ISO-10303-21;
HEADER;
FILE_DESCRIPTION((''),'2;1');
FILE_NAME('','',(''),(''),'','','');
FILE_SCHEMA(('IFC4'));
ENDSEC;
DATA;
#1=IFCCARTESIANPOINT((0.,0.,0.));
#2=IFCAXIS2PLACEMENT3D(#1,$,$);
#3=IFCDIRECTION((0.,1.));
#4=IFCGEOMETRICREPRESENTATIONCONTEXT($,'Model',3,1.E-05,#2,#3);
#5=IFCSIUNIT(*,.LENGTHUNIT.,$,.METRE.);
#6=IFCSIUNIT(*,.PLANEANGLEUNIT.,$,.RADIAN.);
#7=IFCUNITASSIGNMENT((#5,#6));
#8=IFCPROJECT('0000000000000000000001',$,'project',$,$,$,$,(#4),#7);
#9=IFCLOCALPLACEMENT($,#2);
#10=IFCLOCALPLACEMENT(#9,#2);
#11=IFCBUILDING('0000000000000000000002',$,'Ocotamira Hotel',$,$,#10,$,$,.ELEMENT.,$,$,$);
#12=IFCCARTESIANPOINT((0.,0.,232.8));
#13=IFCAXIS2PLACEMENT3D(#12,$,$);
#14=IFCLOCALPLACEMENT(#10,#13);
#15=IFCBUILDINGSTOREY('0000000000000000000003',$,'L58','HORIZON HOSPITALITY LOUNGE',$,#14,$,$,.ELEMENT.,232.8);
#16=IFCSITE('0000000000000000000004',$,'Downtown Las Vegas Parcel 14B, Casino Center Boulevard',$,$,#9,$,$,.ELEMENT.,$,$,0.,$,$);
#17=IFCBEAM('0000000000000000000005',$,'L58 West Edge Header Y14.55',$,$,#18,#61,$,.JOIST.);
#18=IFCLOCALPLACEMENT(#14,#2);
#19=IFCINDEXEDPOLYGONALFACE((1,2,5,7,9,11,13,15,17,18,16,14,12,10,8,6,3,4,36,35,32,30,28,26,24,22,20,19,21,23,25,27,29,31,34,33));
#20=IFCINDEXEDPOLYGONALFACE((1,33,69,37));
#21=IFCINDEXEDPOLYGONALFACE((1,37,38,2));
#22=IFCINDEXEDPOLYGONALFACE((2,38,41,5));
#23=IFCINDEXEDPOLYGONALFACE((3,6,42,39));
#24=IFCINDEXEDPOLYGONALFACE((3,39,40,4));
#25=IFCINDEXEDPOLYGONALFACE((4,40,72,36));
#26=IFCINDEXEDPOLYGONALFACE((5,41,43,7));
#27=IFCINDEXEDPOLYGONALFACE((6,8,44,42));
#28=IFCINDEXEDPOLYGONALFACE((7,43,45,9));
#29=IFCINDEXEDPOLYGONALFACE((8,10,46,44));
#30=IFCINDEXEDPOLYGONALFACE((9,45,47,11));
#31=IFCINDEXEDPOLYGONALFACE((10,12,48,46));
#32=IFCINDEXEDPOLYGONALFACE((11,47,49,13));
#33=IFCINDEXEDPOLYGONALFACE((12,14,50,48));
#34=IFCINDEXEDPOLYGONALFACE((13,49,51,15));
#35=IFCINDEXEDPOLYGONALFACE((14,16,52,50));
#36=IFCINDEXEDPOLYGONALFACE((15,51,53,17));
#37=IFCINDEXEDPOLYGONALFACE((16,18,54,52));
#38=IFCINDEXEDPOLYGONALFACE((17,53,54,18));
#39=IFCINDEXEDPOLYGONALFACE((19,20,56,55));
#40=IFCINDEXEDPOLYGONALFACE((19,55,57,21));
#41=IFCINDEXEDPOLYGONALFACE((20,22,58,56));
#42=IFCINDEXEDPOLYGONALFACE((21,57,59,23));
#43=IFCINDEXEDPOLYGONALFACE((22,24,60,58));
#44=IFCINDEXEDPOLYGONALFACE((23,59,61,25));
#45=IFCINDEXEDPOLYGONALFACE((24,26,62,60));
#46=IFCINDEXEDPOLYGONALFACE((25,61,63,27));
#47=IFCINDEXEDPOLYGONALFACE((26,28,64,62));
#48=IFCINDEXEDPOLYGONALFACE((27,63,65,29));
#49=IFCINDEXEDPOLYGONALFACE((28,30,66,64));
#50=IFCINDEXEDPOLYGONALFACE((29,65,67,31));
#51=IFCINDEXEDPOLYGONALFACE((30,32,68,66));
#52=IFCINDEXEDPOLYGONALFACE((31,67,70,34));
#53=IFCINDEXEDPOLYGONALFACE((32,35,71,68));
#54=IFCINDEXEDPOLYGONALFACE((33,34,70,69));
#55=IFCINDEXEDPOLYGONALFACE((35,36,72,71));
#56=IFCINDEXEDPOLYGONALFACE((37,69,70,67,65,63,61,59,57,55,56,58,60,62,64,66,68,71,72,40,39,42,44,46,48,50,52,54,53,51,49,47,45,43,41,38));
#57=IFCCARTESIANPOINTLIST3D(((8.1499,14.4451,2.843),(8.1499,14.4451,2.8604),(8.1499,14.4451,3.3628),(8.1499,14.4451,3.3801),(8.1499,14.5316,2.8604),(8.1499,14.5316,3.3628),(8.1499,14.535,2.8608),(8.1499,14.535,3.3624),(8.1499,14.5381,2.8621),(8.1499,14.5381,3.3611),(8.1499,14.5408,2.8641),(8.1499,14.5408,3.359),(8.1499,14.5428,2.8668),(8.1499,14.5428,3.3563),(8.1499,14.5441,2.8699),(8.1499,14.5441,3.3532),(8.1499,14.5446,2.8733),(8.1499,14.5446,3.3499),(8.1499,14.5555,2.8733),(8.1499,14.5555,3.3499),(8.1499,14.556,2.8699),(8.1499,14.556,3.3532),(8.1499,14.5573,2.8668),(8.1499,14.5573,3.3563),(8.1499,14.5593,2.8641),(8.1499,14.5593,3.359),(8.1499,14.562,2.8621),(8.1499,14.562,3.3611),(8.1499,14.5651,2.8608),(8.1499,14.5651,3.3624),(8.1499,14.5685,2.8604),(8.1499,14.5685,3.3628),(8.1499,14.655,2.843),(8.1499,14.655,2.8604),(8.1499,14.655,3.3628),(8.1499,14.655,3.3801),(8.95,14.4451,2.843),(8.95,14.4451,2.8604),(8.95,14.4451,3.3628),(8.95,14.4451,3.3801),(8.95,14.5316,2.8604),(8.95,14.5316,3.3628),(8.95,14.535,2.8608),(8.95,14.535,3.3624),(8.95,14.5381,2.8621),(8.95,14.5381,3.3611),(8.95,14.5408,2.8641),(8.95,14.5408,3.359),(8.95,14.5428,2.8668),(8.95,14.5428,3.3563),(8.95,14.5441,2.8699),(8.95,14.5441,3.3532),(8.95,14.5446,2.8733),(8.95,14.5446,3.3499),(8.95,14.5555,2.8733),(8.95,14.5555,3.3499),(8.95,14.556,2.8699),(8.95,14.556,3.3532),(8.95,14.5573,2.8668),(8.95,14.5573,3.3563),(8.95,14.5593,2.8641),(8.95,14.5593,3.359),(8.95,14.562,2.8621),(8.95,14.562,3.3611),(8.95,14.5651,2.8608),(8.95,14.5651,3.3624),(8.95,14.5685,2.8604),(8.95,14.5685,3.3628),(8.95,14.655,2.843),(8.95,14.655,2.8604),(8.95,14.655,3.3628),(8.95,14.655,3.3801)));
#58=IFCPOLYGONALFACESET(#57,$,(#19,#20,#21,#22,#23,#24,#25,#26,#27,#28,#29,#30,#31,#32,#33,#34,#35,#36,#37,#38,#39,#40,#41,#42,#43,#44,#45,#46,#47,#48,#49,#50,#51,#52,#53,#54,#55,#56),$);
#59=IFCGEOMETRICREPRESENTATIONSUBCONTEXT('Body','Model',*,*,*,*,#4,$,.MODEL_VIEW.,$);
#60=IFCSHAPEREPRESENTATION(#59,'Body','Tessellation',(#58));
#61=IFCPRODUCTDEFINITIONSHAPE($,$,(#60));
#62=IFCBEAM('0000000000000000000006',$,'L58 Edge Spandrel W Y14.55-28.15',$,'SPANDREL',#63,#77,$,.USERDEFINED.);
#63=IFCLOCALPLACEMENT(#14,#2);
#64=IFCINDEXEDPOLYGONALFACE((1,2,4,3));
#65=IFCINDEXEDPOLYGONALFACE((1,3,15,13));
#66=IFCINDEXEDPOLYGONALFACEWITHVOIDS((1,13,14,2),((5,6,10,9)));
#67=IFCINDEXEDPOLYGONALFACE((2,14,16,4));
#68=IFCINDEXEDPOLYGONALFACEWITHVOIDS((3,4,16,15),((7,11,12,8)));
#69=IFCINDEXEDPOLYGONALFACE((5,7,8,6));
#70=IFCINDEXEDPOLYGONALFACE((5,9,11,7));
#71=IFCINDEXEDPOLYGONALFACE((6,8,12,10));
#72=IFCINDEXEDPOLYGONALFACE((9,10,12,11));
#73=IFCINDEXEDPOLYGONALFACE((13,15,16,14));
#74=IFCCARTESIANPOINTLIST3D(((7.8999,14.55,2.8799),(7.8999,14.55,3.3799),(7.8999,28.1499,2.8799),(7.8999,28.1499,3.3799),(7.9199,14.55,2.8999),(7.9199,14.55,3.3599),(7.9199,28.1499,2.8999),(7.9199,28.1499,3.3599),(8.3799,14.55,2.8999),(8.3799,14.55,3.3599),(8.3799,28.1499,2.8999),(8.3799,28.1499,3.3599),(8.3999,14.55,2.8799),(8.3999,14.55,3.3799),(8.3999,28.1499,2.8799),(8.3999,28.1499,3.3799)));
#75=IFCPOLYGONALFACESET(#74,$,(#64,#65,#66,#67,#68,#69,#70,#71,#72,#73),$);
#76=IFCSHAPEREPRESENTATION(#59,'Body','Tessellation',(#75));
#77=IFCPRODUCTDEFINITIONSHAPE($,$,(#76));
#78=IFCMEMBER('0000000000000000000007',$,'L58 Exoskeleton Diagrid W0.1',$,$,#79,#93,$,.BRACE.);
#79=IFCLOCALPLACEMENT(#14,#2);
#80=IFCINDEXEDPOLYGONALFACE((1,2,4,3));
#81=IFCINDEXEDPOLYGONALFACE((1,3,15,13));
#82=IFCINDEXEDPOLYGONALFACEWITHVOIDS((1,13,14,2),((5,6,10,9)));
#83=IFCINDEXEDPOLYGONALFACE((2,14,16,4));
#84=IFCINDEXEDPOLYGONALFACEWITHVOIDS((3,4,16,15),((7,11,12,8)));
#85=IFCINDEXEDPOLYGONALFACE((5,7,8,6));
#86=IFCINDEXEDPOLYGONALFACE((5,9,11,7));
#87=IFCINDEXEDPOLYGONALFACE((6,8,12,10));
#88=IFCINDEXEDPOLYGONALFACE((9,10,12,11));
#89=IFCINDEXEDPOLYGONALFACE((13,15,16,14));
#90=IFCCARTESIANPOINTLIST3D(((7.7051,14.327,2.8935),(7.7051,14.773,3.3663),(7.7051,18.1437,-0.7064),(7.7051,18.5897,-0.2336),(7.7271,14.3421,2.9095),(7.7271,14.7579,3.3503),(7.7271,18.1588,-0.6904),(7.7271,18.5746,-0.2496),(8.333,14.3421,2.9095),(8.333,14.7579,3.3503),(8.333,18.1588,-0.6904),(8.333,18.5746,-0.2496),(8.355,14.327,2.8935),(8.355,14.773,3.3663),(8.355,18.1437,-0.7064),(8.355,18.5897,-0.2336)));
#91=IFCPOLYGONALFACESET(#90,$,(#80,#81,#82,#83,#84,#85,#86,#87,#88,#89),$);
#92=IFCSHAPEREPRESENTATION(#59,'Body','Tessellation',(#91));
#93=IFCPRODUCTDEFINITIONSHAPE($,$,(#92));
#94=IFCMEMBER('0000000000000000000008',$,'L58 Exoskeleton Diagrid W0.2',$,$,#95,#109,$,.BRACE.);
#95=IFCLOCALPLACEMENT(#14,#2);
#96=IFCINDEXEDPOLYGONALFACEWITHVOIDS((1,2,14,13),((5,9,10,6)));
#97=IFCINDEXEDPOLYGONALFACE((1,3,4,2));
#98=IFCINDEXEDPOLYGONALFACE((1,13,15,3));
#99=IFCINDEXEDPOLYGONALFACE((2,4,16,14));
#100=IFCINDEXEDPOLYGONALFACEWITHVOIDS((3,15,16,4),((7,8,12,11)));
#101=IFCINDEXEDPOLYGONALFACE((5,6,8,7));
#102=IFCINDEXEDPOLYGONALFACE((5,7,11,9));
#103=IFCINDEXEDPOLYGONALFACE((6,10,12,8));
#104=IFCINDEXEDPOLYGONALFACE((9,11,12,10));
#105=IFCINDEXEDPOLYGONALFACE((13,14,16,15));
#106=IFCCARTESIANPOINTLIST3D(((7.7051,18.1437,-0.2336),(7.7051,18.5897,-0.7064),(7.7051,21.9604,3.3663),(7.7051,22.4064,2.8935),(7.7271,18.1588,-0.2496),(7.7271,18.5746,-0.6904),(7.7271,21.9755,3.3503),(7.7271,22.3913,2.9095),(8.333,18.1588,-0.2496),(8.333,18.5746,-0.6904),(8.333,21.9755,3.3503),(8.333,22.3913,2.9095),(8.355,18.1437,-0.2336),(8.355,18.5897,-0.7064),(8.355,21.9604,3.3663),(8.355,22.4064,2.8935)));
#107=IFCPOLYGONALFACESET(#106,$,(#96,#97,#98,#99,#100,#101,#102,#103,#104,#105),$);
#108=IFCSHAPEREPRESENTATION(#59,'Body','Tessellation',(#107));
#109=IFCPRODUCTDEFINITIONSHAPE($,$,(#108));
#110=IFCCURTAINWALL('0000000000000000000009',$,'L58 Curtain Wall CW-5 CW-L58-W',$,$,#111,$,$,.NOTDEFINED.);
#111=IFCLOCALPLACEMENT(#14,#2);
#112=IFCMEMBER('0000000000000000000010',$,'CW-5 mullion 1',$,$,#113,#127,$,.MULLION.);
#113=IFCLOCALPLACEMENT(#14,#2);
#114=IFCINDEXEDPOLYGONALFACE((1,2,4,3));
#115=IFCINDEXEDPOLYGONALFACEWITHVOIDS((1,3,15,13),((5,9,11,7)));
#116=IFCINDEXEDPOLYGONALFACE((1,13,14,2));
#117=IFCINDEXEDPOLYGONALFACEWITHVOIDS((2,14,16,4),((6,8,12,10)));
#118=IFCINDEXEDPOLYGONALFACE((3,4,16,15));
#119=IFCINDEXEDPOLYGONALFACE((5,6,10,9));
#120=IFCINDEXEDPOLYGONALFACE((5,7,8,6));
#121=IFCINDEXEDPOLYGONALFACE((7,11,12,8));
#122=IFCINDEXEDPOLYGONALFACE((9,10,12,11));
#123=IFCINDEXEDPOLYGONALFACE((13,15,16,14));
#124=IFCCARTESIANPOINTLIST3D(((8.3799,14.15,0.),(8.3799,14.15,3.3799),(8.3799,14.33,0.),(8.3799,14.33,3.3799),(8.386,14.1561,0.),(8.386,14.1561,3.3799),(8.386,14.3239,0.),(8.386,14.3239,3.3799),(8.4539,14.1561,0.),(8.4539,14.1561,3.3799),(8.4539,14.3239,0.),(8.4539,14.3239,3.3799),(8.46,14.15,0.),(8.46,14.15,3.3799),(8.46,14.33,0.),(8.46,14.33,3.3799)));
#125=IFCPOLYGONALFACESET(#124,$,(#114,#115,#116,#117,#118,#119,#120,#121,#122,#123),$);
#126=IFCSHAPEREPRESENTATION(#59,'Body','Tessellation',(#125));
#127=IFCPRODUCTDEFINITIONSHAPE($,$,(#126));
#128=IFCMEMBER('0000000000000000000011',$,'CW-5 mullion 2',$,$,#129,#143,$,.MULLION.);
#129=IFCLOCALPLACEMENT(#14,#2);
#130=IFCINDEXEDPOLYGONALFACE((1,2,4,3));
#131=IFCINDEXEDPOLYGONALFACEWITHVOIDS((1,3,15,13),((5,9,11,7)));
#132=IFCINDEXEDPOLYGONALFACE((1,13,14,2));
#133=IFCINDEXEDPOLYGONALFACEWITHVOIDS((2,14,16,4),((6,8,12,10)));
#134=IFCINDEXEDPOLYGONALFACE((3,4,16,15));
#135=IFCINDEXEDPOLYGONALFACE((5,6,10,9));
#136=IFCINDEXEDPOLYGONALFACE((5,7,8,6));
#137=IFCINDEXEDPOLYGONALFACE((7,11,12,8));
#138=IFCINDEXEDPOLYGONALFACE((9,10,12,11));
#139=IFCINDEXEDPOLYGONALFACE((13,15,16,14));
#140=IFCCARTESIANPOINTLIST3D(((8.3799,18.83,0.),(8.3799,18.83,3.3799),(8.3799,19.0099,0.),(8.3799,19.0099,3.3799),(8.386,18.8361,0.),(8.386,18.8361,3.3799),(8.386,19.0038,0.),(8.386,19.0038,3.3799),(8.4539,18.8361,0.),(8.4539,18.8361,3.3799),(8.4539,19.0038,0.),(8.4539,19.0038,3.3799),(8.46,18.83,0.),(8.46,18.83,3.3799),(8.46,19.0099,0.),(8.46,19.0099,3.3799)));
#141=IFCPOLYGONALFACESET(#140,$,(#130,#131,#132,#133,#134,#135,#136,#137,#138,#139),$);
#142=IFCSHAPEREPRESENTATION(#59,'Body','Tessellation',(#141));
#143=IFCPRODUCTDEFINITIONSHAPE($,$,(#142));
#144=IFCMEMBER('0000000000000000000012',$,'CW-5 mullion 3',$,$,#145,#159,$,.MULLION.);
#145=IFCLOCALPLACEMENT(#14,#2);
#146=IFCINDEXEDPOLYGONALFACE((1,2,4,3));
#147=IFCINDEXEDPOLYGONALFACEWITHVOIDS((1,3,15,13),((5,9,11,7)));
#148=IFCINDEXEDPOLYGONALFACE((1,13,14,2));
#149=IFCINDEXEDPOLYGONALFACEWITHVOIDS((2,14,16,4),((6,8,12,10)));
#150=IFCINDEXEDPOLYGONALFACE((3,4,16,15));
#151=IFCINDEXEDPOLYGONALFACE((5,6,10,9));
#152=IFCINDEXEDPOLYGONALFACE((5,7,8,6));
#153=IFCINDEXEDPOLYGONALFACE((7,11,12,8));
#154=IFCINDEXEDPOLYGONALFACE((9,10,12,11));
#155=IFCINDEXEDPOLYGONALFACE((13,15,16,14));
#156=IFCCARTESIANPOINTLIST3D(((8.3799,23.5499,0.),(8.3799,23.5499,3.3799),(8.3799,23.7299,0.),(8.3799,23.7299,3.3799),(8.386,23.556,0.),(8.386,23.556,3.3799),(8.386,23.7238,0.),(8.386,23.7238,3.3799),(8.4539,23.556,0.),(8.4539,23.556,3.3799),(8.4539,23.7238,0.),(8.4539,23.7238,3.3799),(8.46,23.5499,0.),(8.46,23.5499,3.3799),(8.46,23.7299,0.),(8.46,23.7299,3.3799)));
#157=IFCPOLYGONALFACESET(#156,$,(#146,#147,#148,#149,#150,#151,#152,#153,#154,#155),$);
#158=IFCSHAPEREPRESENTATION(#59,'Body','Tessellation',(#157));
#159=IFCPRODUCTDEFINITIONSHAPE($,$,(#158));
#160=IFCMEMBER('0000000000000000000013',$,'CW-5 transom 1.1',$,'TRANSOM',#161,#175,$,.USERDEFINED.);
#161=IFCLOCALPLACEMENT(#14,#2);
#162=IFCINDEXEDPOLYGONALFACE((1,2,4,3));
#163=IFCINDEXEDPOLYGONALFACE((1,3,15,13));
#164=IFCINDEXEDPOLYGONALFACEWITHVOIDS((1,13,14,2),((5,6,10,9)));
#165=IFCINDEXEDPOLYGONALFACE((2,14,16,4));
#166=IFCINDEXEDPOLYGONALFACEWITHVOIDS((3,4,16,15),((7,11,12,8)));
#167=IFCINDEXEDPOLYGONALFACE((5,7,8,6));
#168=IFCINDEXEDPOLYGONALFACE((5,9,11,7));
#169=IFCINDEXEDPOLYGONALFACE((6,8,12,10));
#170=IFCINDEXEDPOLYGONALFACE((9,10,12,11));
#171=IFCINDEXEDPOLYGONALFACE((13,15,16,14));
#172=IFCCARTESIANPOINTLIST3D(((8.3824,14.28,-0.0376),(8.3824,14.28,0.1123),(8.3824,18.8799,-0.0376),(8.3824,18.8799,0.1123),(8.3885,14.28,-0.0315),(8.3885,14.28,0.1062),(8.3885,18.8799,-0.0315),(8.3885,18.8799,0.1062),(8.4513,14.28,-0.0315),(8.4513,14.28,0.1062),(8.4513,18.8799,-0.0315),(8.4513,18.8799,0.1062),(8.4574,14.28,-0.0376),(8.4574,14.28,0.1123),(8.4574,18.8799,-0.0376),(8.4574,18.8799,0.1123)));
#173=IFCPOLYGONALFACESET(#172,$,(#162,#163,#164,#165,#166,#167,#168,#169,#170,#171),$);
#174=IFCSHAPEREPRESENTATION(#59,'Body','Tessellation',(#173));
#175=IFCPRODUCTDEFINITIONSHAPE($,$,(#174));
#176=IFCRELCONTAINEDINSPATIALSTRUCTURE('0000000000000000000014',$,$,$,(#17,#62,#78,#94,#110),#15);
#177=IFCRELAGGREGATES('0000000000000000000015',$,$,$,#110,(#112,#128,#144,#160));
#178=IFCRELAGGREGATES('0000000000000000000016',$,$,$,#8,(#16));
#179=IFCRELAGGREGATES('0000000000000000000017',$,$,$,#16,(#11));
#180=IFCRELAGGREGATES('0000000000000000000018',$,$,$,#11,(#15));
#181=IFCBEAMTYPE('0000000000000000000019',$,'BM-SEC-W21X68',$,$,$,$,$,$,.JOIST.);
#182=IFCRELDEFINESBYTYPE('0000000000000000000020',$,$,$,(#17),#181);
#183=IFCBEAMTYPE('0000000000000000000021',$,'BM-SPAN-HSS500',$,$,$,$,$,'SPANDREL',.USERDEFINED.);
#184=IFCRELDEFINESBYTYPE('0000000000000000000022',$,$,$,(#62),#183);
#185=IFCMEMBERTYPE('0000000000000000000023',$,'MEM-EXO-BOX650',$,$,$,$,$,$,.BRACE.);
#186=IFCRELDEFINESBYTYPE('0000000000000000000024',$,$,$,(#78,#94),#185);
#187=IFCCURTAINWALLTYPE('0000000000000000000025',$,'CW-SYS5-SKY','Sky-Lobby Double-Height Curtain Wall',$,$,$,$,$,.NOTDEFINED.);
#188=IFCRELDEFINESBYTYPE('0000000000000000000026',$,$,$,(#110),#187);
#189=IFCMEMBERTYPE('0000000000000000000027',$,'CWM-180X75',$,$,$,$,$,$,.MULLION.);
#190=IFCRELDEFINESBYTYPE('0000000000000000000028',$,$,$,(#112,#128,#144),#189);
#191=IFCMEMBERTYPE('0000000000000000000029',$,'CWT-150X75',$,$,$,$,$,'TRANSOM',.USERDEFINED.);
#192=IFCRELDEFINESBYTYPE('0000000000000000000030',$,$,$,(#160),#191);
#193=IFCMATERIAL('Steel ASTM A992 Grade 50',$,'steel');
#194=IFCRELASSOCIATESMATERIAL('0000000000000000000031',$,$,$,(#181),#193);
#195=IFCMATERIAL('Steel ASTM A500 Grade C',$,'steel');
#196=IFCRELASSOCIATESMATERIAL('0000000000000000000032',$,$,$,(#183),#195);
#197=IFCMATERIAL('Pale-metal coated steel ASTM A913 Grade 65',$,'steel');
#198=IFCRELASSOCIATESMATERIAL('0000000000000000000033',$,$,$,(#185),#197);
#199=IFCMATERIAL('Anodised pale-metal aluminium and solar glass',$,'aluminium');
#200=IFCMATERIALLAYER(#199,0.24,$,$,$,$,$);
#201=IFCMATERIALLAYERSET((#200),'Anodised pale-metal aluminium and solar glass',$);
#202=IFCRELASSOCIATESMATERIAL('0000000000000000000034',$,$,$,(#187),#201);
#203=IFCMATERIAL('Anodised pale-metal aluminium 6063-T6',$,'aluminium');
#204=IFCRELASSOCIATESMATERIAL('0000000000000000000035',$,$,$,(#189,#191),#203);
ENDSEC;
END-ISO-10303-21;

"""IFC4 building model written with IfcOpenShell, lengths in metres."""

from ifc_helpers import new_model, si_unit, direction, frame, origin, origin_2d, place, context, subcontext, project, spatial, hollow_rectangle, i_section, extrude, source, transform, mapped, material, layer, layer_set, material_profile, profile_set, type_object, element, aggregate, save


model = new_model("IFC4")

# Units and contexts
model_context = context("Model", 3, precision=1e-05, world=origin(), true_north=direction((0.0, 1.0)))
body_context = subcontext(model_context, "Body", "Model", "MODEL_VIEW")
ifc_project = project(units=[si_unit("LENGTHUNIT", "METRE"), si_unit("PLANEANGLEUNIT", "RADIAN")], contexts=[model_context])

# Site, building, storey
site_placement = place(None, origin())
site = spatial("IfcSite", under=ifc_project, at=site_placement, Name="Downtown Las Vegas Parcel 14B, Casino Center Boulevard", CompositionType="ELEMENT", RefElevation=0.0)
building_placement = place(site_placement, origin())
building = spatial("IfcBuilding", under=site, at=building_placement, Name="Ocotamira Hotel", CompositionType="ELEMENT")
storey_placement = place(building_placement, frame((0.0, 0.0, 232.8)))
storey = spatial("IfcBuildingStorey", under=building, at=storey_placement, Name="L58", Description="HORIZON HOSPITALITY LOUNGE", CompositionType="ELEMENT", Elevation=232.8)

# Beams
ifc_material_1 = material(Name="Steel ASTM A992 Grade 50", Category="steel")
ifc_material_profile_1 = material_profile(ifc_material_1, i_section(OverallWidth=0.21, OverallDepth=0.5371, WebThickness=0.011, FlangeThickness=0.0173, FilletRadius=0.0129, at=origin_2d()), Name="W21X68")
ifc_profile_set_1 = profile_set([ifc_material_profile_1], Name="Steel ASTM A992 Grade 50")
beam_type_1 = type_object("IfcBeamType", Name="BM-SEC-W21X68", PredefinedType="JOIST", material=ifc_profile_set_1)
shared_shape_1 = source(origin(), body_context, "Body", "SweptSolid", [
    extrude(i_section(OverallWidth=0.21, OverallDepth=0.5371, WebThickness=0.011, FlangeThickness=0.0173, FilletRadius=0.0129, at=origin_2d()), origin(), (0.0, 0.0, 1.0), 0.8),
])
beam_1_placement = place(storey_placement, frame((8.95, 14.55, 3.1116), z_axis=(-1.0, 0.0, 0.0), x_axis=(0.0, -1.0, 0.0)))
element("IfcBeam", 1, at=beam_1_placement, inside=storey, type_object=beam_type_1, Name="L58 West Edge Header Y14.55", PredefinedType="JOIST", context=body_context, shape_type="MappedRepresentation", body=[
    mapped(shared_shape_1, transform((0.0, 0.0, 0.0), scale=1.0)),
])
ifc_material_2 = material(Name="Steel ASTM A500 Grade C", Category="steel")
ifc_material_profile_2 = material_profile(ifc_material_2, hollow_rectangle(XDim=0.5, YDim=0.5, WallThickness=0.02, at=origin_2d()), Name="HSS500X500X20")
ifc_profile_set_2 = profile_set([ifc_material_profile_2], Name="Steel ASTM A500 Grade C")
beam_type_2 = type_object("IfcBeamType", Name="BM-SPAN-HSS500", ElementType="SPANDREL", PredefinedType="USERDEFINED", material=ifc_profile_set_2)
shared_shape_2 = source(origin(), body_context, "Body", "SweptSolid", [
    extrude(hollow_rectangle(XDim=0.5, YDim=0.5, WallThickness=0.02, at=origin_2d()), origin(), (0.0, 0.0, 1.0), 13.5999),
])
beam_2_placement = place(storey_placement, frame((8.1499, 14.55, 3.1299), z_axis=(0.0, 1.0, 0.0), x_axis=(-1.0, 0.0, 0.0)))
element("IfcBeam", 2, at=beam_2_placement, inside=storey, type_object=beam_type_2, Name="L58 Edge Spandrel W Y14.55-28.15", ObjectType="SPANDREL", PredefinedType="USERDEFINED", context=body_context, shape_type="MappedRepresentation", body=[
    mapped(shared_shape_2, transform((0.0, 0.0, 0.0), scale=1.0)),
])

# Members
ifc_material_3 = material(Name="Pale-metal coated steel ASTM A913 Grade 65", Category="steel")
ifc_material_profile_3 = material_profile(ifc_material_3, hollow_rectangle(XDim=0.6499, YDim=0.6499, WallThickness=0.022, at=origin_2d()), Name="BOX650X650X22")
ifc_profile_set_3 = profile_set([ifc_material_profile_3], Name="Pale-metal coated steel ASTM A913 Grade 65")
member_type_1 = type_object("IfcMemberType", Name="MEM-EXO-BOX650", PredefinedType="BRACE", material=ifc_profile_set_3)
shared_shape_3 = source(origin(), body_context, "Body", "SweptSolid", [
    extrude(hollow_rectangle(XDim=0.6499, YDim=0.6499, WallThickness=0.022, at=origin_2d()), origin(), (0.0, 0.0, 1.0), 5.2466),
])
for number, where, z_axis, x_axis, name in (
    (3, (8.03, 18.3667, -0.47), (0.0, -0.727466, 0.686144), (1.0, 0.0, 0.0), "L58 Exoskeleton Diagrid W0.1"),
    (4, (8.03, 18.3667, -0.47), (0.0, 0.727466, 0.686144), (-1.0, 0.0, 0.0), "L58 Exoskeleton Diagrid W0.2"),
):
    element("IfcMember", number, at=place(storey_placement, frame(where, z_axis=z_axis, x_axis=x_axis)), inside=storey, type_object=member_type_1, Name=name, PredefinedType="BRACE", context=body_context, shape_type="MappedRepresentation", body=[
        mapped(shared_shape_3, transform((0.0, 0.0, 0.0), scale=1.0)),
    ])

# Curtain wall, members
ifc_material_4 = material(Name="Anodised pale-metal aluminium and solar glass", Category="aluminium")
ifc_layer_1 = layer(ifc_material_4, 0.24)
ifc_layer_set_1 = layer_set([ifc_layer_1], Name="Anodised pale-metal aluminium and solar glass")
curtain_wall_type = type_object("IfcCurtainWallType", Name="CW-SYS5-SKY", Description="Sky-Lobby Double-Height Curtain Wall", PredefinedType="NOTDEFINED", material=ifc_layer_set_1)
curtain_wall_placement = place(storey_placement, origin())
curtain_wall = element("IfcCurtainWall", 5, at=curtain_wall_placement, inside=storey, type_object=curtain_wall_type, Name="L58 Curtain Wall CW-5 CW-L58-W", PredefinedType="NOTDEFINED")
ifc_material_5 = material(Name="Anodised pale-metal aluminium 6063-T6", Category="aluminium")
ifc_material_profile_4 = material_profile(ifc_material_5, hollow_rectangle(XDim=0.0801, YDim=0.1799, WallThickness=0.0061, at=origin_2d()), Name="HSS180X80X6")
ifc_profile_set_4 = profile_set([ifc_material_profile_4], Name="Anodised pale-metal aluminium 6063-T6")
member_type_2 = type_object("IfcMemberType", Name="CWM-180X75", PredefinedType="MULLION", material=ifc_profile_set_4)
shared_shape_4 = source(origin(), body_context, "Body", "SweptSolid", [
    extrude(hollow_rectangle(XDim=0.0801, YDim=0.1799, WallThickness=0.0061, at=origin_2d()), origin(), (0.0, 0.0, 1.0), 3.3799),
])
member_1_placement = place(storey_placement, frame((8.4199, 14.24, 0.0), z_axis=(0.0, 0.0, 1.0), x_axis=(-1.0, 0.0, 0.0)))
member_1 = element("IfcMember", 6, at=member_1_placement, type_object=member_type_2, Name="CW-5 mullion 1", PredefinedType="MULLION", context=body_context, shape_type="MappedRepresentation", body=[
    mapped(shared_shape_4, transform((0.0, 0.0, 0.0), scale=1.0)),
])
member_2_placement = place(storey_placement, frame((8.4199, 18.9199, 0.0), z_axis=(0.0, 0.0, 1.0), x_axis=(-1.0, 0.0, 0.0)))
member_2 = element("IfcMember", 7, at=member_2_placement, type_object=member_type_2, Name="CW-5 mullion 2", PredefinedType="MULLION", context=body_context, shape_type="MappedRepresentation", body=[
    mapped(shared_shape_4, transform((0.0, 0.0, 0.0), scale=1.0)),
])
member_3_placement = place(storey_placement, frame((8.4199, 23.6399, 0.0), z_axis=(0.0, 0.0, 1.0), x_axis=(-1.0, 0.0, 0.0)))
member_3 = element("IfcMember", 8, at=member_3_placement, type_object=member_type_2, Name="CW-5 mullion 3", PredefinedType="MULLION", context=body_context, shape_type="MappedRepresentation", body=[
    mapped(shared_shape_4, transform((0.0, 0.0, 0.0), scale=1.0)),
])
ifc_material_profile_5 = material_profile(ifc_material_5, hollow_rectangle(XDim=0.075, YDim=0.1499, WallThickness=0.0061, at=origin_2d()), Name="HSS150X75X6")
ifc_profile_set_5 = profile_set([ifc_material_profile_5], Name="Anodised pale-metal aluminium 6063-T6")
member_type_3 = type_object("IfcMemberType", Name="CWT-150X75", ElementType="TRANSOM", PredefinedType="USERDEFINED", material=ifc_profile_set_5)
shared_shape_5 = source(origin(), body_context, "Body", "SweptSolid", [
    extrude(hollow_rectangle(XDim=0.075, YDim=0.1499, WallThickness=0.0061, at=origin_2d()), origin(), (0.0, 0.0, 1.0), 4.5999),
])
member_4_placement = place(storey_placement, frame((8.4199, 14.28, 0.0374), z_axis=(0.0, 1.0, 0.0), x_axis=(-1.0, 0.0, 0.0)))
member_4 = element("IfcMember", 9, at=member_4_placement, type_object=member_type_3, Name="CW-5 transom 1.1", ObjectType="TRANSOM", PredefinedType="USERDEFINED", context=body_context, shape_type="MappedRepresentation", body=[
    mapped(shared_shape_5, transform((0.0, 0.0, 0.0), scale=1.0)),
])

aggregate(curtain_wall, [member_1, member_2, member_3, member_4])

save(model, "model.ifc")
